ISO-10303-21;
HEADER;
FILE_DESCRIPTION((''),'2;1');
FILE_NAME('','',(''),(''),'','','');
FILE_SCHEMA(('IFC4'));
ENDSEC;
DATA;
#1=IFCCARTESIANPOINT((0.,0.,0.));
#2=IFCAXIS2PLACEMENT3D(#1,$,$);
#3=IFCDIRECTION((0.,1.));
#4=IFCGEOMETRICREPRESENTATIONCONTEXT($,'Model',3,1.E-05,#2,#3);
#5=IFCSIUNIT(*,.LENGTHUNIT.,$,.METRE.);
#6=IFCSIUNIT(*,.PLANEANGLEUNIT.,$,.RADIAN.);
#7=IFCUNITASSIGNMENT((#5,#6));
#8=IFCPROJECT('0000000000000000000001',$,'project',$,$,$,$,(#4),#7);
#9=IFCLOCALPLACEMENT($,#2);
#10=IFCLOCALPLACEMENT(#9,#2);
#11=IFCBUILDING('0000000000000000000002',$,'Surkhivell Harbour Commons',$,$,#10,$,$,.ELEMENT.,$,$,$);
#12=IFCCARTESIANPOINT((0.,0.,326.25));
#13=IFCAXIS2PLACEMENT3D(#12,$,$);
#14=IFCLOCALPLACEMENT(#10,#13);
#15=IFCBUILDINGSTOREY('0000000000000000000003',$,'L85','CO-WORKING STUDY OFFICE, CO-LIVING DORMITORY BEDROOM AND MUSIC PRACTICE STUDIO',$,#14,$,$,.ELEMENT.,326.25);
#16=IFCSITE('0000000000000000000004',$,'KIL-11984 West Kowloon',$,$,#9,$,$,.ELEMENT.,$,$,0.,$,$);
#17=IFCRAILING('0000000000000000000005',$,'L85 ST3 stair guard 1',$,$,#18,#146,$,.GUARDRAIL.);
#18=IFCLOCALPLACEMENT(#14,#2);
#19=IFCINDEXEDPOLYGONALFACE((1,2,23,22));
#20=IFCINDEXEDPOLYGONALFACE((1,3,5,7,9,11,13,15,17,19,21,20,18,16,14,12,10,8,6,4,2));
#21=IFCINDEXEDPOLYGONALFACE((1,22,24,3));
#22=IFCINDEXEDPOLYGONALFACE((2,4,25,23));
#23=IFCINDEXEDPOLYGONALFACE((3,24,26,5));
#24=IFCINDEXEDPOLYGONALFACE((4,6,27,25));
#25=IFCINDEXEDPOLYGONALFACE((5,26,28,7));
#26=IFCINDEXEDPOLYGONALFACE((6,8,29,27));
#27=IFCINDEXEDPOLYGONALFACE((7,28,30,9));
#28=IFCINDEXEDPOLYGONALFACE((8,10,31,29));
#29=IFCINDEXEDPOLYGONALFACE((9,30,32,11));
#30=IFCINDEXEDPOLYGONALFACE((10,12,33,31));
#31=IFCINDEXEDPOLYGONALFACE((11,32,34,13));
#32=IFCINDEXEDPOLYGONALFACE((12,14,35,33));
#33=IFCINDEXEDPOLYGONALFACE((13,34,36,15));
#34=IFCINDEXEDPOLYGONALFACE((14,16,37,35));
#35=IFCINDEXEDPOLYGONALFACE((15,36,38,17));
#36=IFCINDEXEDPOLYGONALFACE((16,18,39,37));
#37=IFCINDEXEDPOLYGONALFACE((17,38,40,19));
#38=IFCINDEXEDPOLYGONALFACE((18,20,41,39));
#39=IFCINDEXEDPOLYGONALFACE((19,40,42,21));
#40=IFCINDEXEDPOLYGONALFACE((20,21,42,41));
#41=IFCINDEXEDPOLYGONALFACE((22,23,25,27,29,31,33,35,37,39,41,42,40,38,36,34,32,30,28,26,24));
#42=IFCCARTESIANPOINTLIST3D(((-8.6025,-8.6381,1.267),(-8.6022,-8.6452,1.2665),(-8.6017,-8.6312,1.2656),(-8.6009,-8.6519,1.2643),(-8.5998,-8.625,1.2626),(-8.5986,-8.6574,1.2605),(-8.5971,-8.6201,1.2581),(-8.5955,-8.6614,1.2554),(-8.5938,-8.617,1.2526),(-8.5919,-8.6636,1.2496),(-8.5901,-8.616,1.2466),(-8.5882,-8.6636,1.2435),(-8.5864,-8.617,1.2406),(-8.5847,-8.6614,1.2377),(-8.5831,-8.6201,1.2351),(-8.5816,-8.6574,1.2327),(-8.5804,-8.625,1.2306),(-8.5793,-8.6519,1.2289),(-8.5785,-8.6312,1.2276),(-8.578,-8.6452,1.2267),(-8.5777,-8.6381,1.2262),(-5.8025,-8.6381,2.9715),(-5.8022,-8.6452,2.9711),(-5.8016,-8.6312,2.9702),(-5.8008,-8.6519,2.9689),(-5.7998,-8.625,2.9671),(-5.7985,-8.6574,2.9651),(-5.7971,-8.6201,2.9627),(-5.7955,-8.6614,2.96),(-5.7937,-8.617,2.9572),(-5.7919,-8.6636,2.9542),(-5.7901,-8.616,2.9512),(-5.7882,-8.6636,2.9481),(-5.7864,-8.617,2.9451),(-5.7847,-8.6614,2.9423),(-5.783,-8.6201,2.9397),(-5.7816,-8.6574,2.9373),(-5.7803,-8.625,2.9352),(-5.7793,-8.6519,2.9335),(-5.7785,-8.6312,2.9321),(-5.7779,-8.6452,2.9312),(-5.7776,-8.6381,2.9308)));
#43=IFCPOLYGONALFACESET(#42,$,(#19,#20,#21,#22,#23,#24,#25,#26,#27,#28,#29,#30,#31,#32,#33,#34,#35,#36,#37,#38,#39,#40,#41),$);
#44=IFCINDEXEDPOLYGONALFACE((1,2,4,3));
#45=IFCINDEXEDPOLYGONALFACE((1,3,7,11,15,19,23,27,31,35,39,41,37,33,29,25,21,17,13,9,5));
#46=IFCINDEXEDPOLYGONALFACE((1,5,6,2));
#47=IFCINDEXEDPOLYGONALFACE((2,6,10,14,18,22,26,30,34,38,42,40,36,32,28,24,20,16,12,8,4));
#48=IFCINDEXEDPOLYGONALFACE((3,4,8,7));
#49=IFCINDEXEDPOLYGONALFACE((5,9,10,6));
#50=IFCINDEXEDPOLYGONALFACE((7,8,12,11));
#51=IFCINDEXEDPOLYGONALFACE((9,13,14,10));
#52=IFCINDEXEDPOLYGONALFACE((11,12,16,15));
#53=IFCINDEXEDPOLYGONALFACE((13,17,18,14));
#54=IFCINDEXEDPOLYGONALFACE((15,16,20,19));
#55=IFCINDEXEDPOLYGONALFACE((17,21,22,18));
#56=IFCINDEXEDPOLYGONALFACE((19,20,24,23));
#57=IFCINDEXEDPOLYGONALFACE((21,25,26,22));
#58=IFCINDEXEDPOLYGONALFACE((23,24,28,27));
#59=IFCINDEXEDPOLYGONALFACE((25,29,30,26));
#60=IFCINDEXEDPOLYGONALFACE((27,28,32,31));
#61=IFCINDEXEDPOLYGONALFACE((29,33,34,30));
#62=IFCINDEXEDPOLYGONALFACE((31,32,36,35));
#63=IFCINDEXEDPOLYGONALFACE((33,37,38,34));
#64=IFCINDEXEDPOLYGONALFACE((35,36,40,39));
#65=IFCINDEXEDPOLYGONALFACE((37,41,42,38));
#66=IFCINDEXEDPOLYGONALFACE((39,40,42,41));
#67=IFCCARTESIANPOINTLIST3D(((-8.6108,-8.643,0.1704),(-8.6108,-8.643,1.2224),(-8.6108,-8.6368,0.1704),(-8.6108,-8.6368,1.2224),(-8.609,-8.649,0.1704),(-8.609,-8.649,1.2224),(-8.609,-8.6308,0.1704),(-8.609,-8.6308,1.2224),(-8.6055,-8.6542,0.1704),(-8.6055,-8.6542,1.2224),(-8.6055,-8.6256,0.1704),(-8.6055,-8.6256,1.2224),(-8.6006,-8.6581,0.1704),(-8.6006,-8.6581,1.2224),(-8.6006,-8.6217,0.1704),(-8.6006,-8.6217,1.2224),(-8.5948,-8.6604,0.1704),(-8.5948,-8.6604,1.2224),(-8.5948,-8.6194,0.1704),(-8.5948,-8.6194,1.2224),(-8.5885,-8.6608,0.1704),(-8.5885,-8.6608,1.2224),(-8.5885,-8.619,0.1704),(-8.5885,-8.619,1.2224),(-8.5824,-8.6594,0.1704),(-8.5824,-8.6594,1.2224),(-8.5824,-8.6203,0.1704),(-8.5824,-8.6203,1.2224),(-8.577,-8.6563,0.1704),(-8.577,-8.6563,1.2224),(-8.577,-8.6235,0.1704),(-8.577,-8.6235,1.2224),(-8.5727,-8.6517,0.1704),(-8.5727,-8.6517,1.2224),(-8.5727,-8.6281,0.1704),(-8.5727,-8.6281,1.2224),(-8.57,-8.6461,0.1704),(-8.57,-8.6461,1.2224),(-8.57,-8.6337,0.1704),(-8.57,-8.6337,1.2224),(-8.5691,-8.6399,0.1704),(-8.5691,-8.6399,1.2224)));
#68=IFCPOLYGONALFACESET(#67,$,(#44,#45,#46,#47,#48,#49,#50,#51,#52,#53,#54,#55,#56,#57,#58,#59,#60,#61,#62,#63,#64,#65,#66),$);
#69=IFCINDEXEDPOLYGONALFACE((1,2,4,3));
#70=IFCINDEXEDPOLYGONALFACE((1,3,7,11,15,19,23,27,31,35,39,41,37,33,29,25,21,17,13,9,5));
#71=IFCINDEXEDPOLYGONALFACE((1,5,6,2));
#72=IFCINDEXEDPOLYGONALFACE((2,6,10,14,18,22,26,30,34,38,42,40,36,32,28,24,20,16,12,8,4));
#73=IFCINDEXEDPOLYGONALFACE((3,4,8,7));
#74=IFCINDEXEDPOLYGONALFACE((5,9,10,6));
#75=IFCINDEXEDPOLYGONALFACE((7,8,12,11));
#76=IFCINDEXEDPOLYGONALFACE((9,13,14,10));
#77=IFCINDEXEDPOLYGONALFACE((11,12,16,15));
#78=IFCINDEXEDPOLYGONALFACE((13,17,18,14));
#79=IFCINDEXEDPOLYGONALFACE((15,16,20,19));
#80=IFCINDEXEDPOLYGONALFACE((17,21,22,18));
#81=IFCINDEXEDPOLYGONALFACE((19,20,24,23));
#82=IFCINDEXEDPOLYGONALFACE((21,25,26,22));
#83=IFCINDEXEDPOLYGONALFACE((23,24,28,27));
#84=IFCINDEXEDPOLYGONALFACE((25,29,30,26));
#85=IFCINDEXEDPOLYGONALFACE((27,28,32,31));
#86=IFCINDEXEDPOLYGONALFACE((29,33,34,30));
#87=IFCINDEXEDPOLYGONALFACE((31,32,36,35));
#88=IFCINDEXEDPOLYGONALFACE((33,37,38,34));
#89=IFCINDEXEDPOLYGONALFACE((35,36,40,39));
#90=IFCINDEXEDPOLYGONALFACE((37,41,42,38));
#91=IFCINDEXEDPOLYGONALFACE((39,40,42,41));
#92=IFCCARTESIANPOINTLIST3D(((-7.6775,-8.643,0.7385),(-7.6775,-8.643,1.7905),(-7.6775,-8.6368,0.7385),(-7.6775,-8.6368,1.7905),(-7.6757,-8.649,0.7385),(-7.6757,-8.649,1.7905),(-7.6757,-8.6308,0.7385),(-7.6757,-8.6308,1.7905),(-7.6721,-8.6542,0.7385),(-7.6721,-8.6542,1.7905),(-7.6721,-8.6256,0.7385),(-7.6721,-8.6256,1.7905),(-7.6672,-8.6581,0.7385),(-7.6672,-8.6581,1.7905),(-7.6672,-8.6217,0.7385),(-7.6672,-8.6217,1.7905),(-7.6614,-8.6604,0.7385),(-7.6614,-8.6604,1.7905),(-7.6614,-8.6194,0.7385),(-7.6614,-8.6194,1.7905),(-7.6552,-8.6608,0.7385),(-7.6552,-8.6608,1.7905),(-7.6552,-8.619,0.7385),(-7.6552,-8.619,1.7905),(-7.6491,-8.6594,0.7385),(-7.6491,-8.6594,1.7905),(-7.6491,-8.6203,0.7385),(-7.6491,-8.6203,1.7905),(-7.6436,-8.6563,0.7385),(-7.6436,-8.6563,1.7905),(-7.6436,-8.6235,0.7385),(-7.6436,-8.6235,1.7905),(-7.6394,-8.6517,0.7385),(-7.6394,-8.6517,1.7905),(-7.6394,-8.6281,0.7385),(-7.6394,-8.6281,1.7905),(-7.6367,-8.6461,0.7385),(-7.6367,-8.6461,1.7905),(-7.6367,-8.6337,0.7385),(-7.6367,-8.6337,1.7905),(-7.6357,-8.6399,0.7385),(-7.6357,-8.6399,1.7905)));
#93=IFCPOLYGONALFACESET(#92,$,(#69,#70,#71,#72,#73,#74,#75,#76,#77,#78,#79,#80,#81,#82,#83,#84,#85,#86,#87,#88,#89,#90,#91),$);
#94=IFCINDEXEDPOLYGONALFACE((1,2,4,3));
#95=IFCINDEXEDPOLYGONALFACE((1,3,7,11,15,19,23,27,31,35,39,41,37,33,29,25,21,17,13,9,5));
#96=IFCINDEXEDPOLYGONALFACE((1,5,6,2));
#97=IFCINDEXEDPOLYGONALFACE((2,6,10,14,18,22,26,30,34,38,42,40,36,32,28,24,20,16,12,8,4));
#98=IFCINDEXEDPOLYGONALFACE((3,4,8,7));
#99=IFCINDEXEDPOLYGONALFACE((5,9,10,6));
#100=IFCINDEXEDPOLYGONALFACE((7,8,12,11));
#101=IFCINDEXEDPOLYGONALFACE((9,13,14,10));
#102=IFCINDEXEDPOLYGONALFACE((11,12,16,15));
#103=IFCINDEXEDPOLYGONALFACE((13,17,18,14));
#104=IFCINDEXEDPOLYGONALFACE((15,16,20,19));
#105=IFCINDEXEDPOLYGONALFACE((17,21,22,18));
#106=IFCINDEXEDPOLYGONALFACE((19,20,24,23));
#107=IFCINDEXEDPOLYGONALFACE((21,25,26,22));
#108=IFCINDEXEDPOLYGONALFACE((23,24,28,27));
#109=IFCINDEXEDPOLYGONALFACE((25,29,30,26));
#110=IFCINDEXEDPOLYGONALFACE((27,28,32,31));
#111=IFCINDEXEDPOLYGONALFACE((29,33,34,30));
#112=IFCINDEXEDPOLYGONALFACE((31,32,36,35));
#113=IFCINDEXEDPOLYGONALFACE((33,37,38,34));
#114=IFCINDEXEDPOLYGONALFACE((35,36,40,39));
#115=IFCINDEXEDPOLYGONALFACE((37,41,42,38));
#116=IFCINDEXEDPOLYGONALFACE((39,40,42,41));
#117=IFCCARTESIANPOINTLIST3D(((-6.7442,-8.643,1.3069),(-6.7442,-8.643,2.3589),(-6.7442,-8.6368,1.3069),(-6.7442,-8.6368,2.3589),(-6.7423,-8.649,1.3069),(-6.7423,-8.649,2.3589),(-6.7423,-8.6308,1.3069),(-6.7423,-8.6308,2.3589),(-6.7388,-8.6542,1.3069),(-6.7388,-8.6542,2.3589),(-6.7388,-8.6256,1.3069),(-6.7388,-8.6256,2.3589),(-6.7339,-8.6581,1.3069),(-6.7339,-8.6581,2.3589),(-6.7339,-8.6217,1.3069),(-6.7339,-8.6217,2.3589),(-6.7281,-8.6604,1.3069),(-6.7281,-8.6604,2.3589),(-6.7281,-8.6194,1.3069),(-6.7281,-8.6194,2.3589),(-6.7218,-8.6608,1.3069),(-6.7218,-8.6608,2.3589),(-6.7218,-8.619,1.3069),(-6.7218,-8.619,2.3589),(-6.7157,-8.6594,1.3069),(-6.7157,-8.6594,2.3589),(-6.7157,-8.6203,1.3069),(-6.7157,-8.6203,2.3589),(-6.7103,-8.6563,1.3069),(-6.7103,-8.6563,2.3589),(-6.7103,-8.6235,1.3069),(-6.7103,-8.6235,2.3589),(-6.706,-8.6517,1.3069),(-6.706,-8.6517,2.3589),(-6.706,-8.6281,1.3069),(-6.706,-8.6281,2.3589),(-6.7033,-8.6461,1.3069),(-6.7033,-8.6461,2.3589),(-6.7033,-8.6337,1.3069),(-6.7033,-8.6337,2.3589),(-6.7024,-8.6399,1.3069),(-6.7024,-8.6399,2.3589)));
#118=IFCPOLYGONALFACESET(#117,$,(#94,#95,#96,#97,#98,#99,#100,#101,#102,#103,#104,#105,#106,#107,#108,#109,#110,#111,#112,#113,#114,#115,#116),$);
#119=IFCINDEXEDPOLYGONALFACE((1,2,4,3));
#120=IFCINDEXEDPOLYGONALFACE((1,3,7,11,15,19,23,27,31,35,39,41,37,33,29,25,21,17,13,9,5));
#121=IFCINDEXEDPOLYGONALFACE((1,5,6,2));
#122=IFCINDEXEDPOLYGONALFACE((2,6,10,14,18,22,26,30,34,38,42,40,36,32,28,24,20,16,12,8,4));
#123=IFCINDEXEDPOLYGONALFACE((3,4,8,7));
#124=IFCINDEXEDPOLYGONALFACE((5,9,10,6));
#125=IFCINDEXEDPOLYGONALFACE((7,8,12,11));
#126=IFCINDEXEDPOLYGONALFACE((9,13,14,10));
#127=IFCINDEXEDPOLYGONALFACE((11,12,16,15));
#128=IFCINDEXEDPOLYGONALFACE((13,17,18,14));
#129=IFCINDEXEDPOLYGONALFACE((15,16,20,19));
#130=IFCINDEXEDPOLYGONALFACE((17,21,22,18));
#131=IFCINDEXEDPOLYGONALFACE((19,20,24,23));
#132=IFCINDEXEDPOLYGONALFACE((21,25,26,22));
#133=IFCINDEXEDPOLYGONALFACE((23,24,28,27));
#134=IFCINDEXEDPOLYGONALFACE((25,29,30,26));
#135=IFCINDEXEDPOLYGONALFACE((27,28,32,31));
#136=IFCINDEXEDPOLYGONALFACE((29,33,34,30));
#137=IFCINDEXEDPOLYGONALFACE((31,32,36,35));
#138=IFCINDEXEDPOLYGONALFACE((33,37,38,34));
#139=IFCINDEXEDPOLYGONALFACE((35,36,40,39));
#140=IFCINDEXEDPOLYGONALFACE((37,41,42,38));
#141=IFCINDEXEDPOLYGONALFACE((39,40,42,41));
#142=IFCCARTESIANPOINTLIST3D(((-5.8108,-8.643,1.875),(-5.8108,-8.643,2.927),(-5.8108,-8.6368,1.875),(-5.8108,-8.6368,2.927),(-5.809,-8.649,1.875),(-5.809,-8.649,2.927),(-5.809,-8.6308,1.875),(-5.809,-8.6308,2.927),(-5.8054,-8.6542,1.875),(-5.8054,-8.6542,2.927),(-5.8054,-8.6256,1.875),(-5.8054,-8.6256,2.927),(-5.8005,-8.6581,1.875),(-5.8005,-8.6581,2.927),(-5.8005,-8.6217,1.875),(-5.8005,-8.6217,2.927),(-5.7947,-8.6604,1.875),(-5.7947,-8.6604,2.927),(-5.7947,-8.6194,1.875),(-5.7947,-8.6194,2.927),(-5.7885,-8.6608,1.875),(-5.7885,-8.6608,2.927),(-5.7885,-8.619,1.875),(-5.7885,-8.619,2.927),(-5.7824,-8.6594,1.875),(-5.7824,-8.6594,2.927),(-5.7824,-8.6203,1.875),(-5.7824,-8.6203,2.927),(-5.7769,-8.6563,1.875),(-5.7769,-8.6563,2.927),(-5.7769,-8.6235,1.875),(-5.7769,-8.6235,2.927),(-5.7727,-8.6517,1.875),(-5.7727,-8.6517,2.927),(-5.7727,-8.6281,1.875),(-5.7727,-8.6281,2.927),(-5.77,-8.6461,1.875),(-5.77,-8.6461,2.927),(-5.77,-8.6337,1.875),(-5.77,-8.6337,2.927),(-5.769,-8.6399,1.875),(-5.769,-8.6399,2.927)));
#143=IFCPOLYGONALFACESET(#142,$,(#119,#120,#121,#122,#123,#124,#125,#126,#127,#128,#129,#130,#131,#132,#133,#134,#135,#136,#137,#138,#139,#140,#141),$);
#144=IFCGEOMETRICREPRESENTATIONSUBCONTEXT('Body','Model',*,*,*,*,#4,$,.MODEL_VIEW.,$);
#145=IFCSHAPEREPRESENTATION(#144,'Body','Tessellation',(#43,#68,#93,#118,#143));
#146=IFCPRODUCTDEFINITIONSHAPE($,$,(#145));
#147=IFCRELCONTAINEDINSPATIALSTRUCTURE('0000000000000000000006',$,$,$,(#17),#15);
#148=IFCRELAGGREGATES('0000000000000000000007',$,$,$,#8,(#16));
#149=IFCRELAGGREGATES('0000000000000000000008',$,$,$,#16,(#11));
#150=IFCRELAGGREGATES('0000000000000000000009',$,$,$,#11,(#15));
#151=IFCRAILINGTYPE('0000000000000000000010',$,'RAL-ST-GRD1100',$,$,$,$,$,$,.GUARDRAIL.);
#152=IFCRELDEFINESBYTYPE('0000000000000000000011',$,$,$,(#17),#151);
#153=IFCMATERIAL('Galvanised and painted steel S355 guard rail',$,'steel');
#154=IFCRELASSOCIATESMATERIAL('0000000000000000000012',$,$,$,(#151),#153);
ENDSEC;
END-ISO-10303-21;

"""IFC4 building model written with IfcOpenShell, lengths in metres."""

from ifc_helpers import new_model, si_unit, direction, frame, origin, origin_2d, place, context, subcontext, project, spatial, circle, extrude, material, type_object, element, save


model = new_model("IFC4")

# Units and contexts
model_context = context("Model", 3, precision=1e-05, world=origin(), true_north=direction((0.0, 1.0)))
body_context = subcontext(model_context, "Body", "Model", "MODEL_VIEW")
ifc_project = project(units=[si_unit("LENGTHUNIT", "METRE"), si_unit("PLANEANGLEUNIT", "RADIAN")], contexts=[model_context])

# Site, building, storey
site_placement = place(None, origin())
site = spatial("IfcSite", under=ifc_project, at=site_placement, Name="KIL-11984 West Kowloon", CompositionType="ELEMENT", RefElevation=0.0)
building_placement = place(site_placement, origin())
building = spatial("IfcBuilding", under=site, at=building_placement, Name="Surkhivell Harbour Commons", CompositionType="ELEMENT")
storey_placement = place(building_placement, frame((0.0, 0.0, 326.25)))
storey = spatial("IfcBuildingStorey", under=building, at=storey_placement, Name="L85", Description="CO-WORKING STUDY OFFICE, CO-LIVING DORMITORY BEDROOM AND MUSIC PRACTICE STUDIO", CompositionType="ELEMENT", Elevation=326.25)

# Railing
ifc_material_1 = material(Name="Galvanised and painted steel S355 guard rail", Category="steel")
railing_type_1 = type_object("IfcRailingType", Name="RAL-ST-GRD1100", PredefinedType="GUARDRAIL", material=ifc_material_1)
railing_1_placement = place(storey_placement, frame((-8.5901, -8.6399, 0.1704)))
element("IfcRailing", 1, at=railing_1_placement, inside=storey, type_object=railing_type_1, Name="L85 ST3 stair guard 1", PredefinedType="GUARDRAIL", context=body_context, shape_type="SweptSolid", body=[
    extrude(circle(Radius=0.0239, at=origin_2d()), frame((0.0, 0.0, 1.0762), z_axis=(0.85417, 0.0, 0.519994), x_axis=(0.0, 1.0, 0.0)), (0.0, 0.0, 1.0), 3.2781),
    extrude(circle(Radius=0.021, at=origin_2d()), origin(), (0.0, 0.0, 1.0), 1.052),
    extrude(circle(Radius=0.021, at=origin_2d()), frame((0.9333, 0.0, 0.5681)), (0.0, 0.0, 1.0), 1.052),
    extrude(circle(Radius=0.021, at=origin_2d()), frame((1.8667, 0.0, 1.1365)), (0.0, 0.0, 1.0), 1.052),
    extrude(circle(Radius=0.021, at=origin_2d()), frame((2.8, 0.0, 1.7046)), (0.0, 0.0, 1.0), 1.052),
])

save(model, "model.ifc")
